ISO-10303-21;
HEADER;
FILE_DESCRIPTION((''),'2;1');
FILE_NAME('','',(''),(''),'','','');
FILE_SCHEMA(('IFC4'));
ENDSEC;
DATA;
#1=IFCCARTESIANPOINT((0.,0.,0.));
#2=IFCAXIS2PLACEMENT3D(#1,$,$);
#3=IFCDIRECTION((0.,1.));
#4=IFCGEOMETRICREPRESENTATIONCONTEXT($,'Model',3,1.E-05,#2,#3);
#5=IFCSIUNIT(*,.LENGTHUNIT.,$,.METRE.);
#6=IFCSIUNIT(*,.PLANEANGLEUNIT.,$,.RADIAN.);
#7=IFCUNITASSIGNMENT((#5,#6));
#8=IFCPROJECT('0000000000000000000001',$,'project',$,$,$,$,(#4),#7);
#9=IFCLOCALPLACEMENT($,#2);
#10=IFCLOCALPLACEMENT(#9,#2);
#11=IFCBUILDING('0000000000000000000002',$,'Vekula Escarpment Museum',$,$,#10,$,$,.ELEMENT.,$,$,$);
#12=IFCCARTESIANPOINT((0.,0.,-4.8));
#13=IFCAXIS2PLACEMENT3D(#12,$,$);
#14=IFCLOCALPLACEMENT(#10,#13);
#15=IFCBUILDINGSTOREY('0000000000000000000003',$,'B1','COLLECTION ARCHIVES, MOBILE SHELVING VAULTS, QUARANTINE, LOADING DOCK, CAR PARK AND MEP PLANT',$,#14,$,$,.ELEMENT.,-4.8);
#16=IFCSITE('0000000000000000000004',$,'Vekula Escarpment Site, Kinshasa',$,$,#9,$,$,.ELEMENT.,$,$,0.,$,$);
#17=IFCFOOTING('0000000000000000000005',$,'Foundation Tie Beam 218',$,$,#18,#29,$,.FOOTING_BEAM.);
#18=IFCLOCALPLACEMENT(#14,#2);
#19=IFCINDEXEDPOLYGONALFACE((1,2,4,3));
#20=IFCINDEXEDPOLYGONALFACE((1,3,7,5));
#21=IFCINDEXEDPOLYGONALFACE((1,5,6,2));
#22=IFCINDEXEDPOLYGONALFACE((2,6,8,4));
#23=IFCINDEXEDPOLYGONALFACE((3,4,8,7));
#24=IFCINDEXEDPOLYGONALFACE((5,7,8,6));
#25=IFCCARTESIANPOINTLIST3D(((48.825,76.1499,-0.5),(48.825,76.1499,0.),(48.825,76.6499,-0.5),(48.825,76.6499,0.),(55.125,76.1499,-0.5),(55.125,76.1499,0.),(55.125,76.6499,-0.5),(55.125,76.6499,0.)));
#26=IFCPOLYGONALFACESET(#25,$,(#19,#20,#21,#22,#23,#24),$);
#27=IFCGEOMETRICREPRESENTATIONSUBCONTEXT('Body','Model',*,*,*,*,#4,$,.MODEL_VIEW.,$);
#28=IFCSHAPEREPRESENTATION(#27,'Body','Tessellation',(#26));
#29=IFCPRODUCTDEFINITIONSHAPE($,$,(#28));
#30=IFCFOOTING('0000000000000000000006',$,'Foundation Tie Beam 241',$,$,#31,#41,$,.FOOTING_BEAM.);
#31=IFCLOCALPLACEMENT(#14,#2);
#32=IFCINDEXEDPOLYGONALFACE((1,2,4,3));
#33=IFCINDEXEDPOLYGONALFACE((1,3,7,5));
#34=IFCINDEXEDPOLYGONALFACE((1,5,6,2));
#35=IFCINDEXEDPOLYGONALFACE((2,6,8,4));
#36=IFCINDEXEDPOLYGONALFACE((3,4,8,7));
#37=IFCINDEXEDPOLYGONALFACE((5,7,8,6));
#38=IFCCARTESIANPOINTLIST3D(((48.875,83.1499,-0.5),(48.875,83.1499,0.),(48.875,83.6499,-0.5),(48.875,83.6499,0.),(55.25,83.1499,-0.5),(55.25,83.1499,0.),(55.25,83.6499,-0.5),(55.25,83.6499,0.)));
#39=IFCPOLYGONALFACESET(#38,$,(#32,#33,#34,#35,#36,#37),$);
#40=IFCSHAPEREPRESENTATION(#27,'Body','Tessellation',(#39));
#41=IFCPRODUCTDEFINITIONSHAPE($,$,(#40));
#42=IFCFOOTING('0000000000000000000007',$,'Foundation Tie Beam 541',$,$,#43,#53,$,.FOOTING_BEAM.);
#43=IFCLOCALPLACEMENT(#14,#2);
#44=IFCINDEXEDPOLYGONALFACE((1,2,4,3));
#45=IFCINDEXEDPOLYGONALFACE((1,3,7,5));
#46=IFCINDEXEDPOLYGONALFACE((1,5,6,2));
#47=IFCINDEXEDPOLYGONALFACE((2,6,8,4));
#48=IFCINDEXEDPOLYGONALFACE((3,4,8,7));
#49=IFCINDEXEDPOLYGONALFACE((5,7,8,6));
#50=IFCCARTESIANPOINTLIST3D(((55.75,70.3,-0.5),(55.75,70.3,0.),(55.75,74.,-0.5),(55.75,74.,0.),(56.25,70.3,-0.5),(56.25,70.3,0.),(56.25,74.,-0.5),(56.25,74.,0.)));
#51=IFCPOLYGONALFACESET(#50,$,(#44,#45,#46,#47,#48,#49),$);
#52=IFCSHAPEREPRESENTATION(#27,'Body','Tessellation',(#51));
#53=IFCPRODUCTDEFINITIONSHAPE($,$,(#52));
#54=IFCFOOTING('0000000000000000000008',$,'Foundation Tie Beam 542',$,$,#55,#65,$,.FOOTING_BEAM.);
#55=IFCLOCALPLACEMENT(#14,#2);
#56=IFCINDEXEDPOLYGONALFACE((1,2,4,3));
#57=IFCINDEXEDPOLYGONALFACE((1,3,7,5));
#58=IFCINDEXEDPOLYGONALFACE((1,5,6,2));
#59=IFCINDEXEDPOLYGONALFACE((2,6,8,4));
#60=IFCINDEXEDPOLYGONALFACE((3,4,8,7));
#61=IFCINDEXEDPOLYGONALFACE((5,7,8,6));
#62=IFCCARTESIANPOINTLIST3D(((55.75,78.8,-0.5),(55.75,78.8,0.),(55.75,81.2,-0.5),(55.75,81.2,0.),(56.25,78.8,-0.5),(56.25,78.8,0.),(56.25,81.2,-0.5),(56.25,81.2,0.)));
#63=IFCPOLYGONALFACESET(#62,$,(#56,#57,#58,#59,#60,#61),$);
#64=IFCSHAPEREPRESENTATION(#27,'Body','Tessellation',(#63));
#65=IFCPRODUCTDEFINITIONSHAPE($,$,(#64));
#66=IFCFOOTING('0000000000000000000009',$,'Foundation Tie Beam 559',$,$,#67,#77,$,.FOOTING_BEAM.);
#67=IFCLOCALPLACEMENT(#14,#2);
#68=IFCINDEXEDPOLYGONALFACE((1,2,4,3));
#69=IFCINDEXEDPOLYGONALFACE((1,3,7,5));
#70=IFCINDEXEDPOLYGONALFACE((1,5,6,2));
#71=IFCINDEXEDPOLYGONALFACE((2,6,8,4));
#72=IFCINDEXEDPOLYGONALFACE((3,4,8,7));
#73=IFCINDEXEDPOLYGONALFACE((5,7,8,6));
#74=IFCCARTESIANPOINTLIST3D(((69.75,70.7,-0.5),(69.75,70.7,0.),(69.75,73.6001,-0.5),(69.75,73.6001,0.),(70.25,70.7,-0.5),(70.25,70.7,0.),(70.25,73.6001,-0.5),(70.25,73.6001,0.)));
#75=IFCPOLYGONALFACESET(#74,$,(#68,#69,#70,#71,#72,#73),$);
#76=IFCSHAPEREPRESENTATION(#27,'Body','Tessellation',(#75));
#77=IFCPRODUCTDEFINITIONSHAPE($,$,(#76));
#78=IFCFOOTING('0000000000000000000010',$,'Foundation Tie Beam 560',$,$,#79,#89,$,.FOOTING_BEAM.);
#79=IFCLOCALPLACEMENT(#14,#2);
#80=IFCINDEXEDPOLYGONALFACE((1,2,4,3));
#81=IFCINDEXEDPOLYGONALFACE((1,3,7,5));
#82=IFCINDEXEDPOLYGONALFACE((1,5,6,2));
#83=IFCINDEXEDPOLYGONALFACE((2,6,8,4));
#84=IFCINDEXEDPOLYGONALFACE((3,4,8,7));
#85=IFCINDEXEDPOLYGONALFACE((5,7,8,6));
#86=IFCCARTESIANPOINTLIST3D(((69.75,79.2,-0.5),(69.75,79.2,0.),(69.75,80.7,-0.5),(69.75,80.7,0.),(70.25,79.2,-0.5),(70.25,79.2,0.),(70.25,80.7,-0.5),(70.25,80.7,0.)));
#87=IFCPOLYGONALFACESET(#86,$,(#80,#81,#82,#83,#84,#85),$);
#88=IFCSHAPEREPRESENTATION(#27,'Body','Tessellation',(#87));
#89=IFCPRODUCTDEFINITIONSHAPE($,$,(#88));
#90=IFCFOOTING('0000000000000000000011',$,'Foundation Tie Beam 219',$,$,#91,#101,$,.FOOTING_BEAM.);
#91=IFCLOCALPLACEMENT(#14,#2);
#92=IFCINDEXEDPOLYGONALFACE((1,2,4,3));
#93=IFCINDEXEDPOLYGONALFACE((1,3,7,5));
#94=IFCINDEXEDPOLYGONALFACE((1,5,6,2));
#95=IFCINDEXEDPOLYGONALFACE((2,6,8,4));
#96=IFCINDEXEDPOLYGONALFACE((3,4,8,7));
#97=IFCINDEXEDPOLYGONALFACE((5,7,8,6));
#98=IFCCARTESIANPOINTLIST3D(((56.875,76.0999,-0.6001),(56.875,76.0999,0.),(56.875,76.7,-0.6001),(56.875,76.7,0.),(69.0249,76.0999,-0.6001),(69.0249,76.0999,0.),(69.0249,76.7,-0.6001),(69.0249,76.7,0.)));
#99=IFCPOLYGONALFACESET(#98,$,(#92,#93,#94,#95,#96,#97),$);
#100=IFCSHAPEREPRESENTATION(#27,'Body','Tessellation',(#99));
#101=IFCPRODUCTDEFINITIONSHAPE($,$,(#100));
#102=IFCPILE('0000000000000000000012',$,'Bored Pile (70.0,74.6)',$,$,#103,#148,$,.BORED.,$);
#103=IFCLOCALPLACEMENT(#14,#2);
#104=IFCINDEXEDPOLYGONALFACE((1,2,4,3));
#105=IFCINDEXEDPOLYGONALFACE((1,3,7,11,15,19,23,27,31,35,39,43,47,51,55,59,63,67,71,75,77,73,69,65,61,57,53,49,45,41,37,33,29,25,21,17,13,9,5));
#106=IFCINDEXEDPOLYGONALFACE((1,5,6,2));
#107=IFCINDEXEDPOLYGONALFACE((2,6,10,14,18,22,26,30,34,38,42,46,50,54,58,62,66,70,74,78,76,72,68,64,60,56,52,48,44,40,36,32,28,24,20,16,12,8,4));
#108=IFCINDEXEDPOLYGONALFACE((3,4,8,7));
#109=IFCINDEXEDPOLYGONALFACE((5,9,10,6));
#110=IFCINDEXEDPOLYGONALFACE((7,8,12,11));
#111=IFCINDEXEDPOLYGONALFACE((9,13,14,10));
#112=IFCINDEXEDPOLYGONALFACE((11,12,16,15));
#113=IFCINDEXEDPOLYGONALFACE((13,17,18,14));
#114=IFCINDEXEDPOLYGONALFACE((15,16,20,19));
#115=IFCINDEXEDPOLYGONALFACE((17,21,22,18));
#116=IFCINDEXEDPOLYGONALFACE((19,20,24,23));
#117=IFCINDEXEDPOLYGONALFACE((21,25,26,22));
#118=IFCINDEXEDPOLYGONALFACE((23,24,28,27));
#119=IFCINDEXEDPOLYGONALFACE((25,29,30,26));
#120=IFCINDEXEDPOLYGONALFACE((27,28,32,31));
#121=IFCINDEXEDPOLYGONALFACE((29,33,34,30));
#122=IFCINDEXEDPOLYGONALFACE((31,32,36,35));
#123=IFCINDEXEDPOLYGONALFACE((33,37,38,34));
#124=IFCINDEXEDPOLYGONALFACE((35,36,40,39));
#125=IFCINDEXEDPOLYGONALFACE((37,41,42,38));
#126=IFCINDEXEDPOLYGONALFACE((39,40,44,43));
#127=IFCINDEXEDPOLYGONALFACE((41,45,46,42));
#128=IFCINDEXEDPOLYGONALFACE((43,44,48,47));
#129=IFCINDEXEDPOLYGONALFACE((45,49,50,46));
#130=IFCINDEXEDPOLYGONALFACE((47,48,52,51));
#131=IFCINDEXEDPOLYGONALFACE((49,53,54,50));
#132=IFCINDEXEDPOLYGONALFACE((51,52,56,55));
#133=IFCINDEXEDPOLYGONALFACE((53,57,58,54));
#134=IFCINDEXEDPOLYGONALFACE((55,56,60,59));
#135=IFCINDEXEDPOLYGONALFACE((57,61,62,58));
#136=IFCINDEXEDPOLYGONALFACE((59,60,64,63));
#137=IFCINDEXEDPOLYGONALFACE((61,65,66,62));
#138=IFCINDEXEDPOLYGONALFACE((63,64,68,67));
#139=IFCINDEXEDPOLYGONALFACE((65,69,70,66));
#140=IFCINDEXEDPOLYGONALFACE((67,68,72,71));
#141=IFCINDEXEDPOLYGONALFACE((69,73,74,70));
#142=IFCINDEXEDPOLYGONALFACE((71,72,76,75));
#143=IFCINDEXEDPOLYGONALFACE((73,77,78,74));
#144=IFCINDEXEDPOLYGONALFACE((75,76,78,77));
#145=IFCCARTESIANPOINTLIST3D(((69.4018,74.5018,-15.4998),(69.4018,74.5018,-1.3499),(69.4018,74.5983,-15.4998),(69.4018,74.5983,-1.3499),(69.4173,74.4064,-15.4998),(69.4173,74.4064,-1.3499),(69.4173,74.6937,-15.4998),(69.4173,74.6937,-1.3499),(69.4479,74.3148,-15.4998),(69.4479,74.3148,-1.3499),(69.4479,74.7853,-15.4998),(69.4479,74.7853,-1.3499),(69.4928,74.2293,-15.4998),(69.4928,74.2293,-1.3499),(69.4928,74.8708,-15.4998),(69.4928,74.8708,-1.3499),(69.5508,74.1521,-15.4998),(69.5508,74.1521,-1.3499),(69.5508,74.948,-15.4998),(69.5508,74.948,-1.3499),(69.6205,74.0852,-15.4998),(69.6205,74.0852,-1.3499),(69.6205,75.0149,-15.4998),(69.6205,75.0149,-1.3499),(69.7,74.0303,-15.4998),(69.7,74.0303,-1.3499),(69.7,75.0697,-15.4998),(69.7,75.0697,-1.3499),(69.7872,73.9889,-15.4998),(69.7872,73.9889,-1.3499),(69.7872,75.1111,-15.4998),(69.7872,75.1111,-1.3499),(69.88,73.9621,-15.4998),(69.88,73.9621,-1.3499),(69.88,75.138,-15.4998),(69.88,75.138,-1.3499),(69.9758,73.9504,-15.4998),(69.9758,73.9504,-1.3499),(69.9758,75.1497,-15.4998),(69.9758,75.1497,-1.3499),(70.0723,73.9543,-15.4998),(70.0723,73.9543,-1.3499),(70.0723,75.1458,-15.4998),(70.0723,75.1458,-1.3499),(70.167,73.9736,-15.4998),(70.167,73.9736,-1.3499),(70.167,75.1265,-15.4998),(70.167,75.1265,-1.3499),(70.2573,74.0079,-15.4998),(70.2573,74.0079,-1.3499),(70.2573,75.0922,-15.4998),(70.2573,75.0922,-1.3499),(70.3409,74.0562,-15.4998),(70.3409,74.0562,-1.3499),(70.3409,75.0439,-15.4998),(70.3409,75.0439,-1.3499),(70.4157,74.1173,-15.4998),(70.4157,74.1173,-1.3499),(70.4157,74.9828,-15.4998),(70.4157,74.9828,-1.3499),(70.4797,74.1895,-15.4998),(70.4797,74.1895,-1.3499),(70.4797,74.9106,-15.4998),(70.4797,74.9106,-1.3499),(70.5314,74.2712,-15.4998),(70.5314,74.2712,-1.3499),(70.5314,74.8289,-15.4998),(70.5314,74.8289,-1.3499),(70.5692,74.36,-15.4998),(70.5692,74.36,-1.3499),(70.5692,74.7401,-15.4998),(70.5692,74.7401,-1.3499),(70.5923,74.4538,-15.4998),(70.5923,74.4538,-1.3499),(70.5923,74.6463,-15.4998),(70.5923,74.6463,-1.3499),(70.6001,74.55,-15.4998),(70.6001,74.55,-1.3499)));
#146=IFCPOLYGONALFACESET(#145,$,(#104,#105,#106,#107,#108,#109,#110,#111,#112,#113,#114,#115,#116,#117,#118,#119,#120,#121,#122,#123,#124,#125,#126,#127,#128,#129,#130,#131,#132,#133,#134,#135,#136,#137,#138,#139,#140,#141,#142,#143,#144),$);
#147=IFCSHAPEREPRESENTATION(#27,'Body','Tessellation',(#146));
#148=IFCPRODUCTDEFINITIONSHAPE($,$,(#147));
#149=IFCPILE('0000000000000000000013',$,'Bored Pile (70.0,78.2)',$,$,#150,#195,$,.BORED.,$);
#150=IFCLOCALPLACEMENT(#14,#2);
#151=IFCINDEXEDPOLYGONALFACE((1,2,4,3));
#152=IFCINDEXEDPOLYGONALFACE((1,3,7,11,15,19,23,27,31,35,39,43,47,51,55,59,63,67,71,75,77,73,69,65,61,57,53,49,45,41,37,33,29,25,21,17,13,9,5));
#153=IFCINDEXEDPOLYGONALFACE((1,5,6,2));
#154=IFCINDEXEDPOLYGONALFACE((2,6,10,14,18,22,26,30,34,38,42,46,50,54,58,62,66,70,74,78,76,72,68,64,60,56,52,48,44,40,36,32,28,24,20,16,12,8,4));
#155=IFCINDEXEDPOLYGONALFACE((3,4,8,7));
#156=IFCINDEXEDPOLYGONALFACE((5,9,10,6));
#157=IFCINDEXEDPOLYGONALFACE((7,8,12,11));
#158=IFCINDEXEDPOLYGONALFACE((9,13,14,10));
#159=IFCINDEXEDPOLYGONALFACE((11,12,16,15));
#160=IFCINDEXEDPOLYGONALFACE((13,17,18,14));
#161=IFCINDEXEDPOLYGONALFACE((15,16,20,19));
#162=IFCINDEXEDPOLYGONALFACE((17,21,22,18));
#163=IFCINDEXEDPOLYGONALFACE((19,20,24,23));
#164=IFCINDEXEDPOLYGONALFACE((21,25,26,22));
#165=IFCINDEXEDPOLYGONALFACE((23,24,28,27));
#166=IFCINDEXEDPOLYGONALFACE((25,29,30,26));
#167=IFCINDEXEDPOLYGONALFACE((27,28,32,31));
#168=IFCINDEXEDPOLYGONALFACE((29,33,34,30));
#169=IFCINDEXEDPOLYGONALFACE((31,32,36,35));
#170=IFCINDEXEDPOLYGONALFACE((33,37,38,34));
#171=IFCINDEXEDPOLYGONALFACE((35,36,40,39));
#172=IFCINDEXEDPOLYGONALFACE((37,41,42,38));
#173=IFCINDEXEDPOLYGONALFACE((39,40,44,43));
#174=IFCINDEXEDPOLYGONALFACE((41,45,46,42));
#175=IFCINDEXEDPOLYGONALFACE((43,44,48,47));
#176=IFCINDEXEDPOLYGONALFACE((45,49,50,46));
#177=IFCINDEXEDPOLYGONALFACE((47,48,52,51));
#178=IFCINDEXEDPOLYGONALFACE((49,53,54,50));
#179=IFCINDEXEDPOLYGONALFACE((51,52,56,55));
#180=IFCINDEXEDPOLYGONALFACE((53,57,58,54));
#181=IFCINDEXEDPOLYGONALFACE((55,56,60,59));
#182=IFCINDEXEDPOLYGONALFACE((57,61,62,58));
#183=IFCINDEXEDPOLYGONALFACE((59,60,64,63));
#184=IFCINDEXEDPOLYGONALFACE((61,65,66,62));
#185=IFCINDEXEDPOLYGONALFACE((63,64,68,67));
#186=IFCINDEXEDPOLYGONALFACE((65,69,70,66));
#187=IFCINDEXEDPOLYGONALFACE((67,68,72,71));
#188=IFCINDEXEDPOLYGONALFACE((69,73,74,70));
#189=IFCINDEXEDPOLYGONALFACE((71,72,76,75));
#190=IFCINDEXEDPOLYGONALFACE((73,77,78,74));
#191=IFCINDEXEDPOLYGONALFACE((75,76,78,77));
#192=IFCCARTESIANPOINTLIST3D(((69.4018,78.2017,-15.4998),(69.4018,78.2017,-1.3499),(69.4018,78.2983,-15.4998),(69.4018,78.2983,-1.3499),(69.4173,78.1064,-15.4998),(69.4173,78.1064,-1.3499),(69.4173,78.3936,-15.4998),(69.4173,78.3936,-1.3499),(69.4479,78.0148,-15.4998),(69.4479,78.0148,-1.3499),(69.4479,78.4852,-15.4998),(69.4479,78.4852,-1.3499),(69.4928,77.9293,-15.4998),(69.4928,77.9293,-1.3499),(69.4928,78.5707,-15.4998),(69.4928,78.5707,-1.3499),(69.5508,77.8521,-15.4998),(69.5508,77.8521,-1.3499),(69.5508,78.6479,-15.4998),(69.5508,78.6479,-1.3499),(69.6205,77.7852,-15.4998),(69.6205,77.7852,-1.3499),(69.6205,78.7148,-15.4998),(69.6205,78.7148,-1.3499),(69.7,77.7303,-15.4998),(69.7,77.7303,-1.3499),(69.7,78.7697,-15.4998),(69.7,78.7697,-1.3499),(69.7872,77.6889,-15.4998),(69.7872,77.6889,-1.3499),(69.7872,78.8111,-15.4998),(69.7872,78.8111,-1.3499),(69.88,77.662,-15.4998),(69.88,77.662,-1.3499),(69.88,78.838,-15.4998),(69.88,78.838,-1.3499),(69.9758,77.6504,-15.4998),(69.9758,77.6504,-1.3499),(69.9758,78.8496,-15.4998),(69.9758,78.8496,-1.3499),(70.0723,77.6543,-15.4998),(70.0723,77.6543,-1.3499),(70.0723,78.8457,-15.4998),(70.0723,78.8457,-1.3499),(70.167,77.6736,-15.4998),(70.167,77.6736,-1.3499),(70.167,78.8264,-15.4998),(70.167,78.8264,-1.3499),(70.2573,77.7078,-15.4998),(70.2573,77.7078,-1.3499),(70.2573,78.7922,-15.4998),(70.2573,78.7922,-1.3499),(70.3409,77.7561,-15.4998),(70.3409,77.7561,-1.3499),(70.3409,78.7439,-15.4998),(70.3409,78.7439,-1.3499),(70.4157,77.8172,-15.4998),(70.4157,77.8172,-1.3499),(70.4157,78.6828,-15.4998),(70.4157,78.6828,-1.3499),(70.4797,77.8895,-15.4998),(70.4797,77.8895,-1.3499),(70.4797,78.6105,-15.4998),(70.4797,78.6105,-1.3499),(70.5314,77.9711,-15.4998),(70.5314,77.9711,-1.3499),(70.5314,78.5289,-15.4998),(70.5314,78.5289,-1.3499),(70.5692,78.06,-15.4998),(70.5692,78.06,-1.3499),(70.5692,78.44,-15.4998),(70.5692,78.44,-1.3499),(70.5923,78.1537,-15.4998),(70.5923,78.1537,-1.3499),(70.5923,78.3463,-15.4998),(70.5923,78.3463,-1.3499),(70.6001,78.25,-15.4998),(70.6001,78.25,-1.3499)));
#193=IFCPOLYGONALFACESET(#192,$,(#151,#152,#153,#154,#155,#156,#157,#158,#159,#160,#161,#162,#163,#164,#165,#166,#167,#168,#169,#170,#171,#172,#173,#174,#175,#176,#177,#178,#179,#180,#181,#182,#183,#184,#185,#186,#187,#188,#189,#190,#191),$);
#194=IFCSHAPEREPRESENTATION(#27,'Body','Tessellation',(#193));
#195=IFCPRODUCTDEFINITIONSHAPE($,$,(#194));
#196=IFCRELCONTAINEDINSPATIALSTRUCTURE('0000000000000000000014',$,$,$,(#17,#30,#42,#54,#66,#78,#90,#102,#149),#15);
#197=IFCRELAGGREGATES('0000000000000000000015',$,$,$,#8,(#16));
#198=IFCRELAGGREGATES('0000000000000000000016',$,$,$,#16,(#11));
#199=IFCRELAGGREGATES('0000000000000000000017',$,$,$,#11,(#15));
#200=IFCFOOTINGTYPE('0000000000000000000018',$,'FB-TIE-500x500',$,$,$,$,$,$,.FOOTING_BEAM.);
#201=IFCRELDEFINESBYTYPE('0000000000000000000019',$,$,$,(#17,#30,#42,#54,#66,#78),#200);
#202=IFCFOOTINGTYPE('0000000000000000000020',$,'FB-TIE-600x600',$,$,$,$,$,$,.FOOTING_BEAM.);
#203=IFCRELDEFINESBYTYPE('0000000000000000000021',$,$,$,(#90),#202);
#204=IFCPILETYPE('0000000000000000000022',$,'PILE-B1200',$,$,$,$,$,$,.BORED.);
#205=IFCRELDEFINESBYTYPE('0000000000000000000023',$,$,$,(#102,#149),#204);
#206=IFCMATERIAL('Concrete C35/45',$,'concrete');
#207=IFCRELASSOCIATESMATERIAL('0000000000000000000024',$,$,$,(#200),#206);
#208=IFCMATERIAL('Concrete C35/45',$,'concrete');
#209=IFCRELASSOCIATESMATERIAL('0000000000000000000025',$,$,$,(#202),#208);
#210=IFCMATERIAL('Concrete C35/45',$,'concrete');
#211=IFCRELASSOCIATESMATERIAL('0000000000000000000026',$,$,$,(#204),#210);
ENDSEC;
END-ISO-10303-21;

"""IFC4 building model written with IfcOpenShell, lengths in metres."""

from ifc_helpers import new_model, si_unit, direction, frame, origin, origin_2d, place, context, subcontext, project, spatial, rectangle, circle, extrude, material, material_profile, profile_set, type_object, element, save


model = new_model("IFC4")

# Units and contexts
model_context = context("Model", 3, precision=1e-05, world=origin(), true_north=direction((0.0, 1.0)))
body_context = subcontext(model_context, "Body", "Model", "MODEL_VIEW")
ifc_project = project(units=[si_unit("LENGTHUNIT", "METRE"), si_unit("PLANEANGLEUNIT", "RADIAN")], contexts=[model_context])

# Site, building, storey
site_placement = place(None, origin())
site = spatial("IfcSite", under=ifc_project, at=site_placement, Name="Vekula Escarpment Site, Kinshasa", CompositionType="ELEMENT", RefElevation=0.0)
building_placement = place(site_placement, origin())
building = spatial("IfcBuilding", under=site, at=building_placement, Name="Vekula Escarpment Museum", CompositionType="ELEMENT")
storey_placement = place(building_placement, frame((0.0, 0.0, -4.8)))
storey = spatial("IfcBuildingStorey", under=building, at=storey_placement, Name="B1", Description="COLLECTION ARCHIVES, MOBILE SHELVING VAULTS, QUARANTINE, LOADING DOCK, CAR PARK AND MEP PLANT", CompositionType="ELEMENT", Elevation=-4.8)

# Footings
ifc_material_1 = material(Name="Concrete C35/45", Category="concrete")
ifc_material_profile_1 = material_profile(ifc_material_1, rectangle(XDim=0.5, YDim=0.5, at=origin_2d()), Name="RC 500x500")
ifc_profile_set_1 = profile_set([ifc_material_profile_1], Name="Concrete C35/45")
footing_type_1 = type_object("IfcFootingType", Name="FB-TIE-500x500", PredefinedType="FOOTING_BEAM", material=ifc_profile_set_1)
footing_1_placement = place(storey_placement, frame((48.825, 76.3999, -0.25), z_axis=(1.0, 0.0, 0.0), x_axis=(0.0, 1.0, 0.0)))
element("IfcFooting", 1, at=footing_1_placement, inside=storey, type_object=footing_type_1, Name="Foundation Tie Beam 218", PredefinedType="FOOTING_BEAM", context=body_context, shape_type="SweptSolid", body=[
    extrude(rectangle(XDim=0.5, YDim=0.5, at=origin_2d()), origin(), (0.0, 0.0, 1.0), 6.3),
])
footing_2_placement = place(storey_placement, frame((48.875, 83.3999, -0.25), z_axis=(1.0, 0.0, 0.0), x_axis=(0.0, 1.0, 0.0)))
element("IfcFooting", 2, at=footing_2_placement, inside=storey, type_object=footing_type_1, Name="Foundation Tie Beam 241", PredefinedType="FOOTING_BEAM", context=body_context, shape_type="SweptSolid", body=[
    extrude(rectangle(XDim=0.5, YDim=0.5, at=origin_2d()), origin(), (0.0, 0.0, 1.0), 6.375),
])
footing_3_placement = place(storey_placement, frame((56.0, 70.3, -0.25), z_axis=(0.0, 1.0, 0.0), x_axis=(-1.0, 0.0, 0.0)))
element("IfcFooting", 3, at=footing_3_placement, inside=storey, type_object=footing_type_1, Name="Foundation Tie Beam 541", PredefinedType="FOOTING_BEAM", context=body_context, shape_type="SweptSolid", body=[
    extrude(rectangle(XDim=0.5, YDim=0.5, at=origin_2d()), origin(), (0.0, 0.0, 1.0), 3.7),
])
footing_4_placement = place(storey_placement, frame((56.0, 78.8, -0.25), z_axis=(0.0, 1.0, 0.0), x_axis=(-1.0, 0.0, 0.0)))
element("IfcFooting", 4, at=footing_4_placement, inside=storey, type_object=footing_type_1, Name="Foundation Tie Beam 542", PredefinedType="FOOTING_BEAM", context=body_context, shape_type="SweptSolid", body=[
    extrude(rectangle(XDim=0.5, YDim=0.5, at=origin_2d()), origin(), (0.0, 0.0, 1.0), 2.3999),
])
footing_5_placement = place(storey_placement, frame((70.0, 70.7, -0.25), z_axis=(0.0, 1.0, 0.0), x_axis=(-1.0, 0.0, 0.0)))
element("IfcFooting", 5, at=footing_5_placement, inside=storey, type_object=footing_type_1, Name="Foundation Tie Beam 559", PredefinedType="FOOTING_BEAM", context=body_context, shape_type="SweptSolid", body=[
    extrude(rectangle(XDim=0.5, YDim=0.5, at=origin_2d()), origin(), (0.0, 0.0, 1.0), 2.9001),
])
footing_6_placement = place(storey_placement, frame((70.0, 79.2, -0.25), z_axis=(0.0, 1.0, 0.0), x_axis=(-1.0, 0.0, 0.0)))
element("IfcFooting", 6, at=footing_6_placement, inside=storey, type_object=footing_type_1, Name="Foundation Tie Beam 560", PredefinedType="FOOTING_BEAM", context=body_context, shape_type="SweptSolid", body=[
    extrude(rectangle(XDim=0.5, YDim=0.5, at=origin_2d()), origin(), (0.0, 0.0, 1.0), 1.5),
])
ifc_material_2 = material(Name="Concrete C35/45", Category="concrete")
ifc_material_profile_2 = material_profile(ifc_material_2, rectangle(XDim=0.6001, YDim=0.6001, at=origin_2d()), Name="RC 600x600")
ifc_profile_set_2 = profile_set([ifc_material_profile_2], Name="Concrete C35/45")
footing_type_2 = type_object("IfcFootingType", Name="FB-TIE-600x600", PredefinedType="FOOTING_BEAM", material=ifc_profile_set_2)
footing_7_placement = place(storey_placement, frame((56.875, 76.3999, -0.3), z_axis=(1.0, 0.0, 0.0), x_axis=(0.0, 1.0, 0.0)))
element("IfcFooting", 7, at=footing_7_placement, inside=storey, type_object=footing_type_2, Name="Foundation Tie Beam 219", PredefinedType="FOOTING_BEAM", context=body_context, shape_type="SweptSolid", body=[
    extrude(rectangle(XDim=0.6001, YDim=0.6001, at=origin_2d()), origin(), (0.0, 0.0, 1.0), 12.1499),
])

# Piles
ifc_material_3 = material(Name="Concrete C35/45", Category="concrete")
ifc_material_profile_3 = material_profile(ifc_material_3, circle(Radius=0.6001, at=origin_2d()), Name="BORED PILE 1200")
ifc_profile_set_3 = profile_set([ifc_material_profile_3], Name="Concrete C35/45")
pile_type_1 = type_object("IfcPileType", Name="PILE-B1200", PredefinedType="BORED", material=ifc_profile_set_3)
for number, where, z_axis, x_axis, name in (
    (8, (70.0, 74.55, -1.3499), (0.0, 0.0, -1.0), (1.0, 0.0, 0.0), "Bored Pile (70.0,74.6)"),
    (9, (70.0, 78.25, -1.3499), (0.0, 0.0, -1.0), (1.0, 0.0, 0.0), "Bored Pile (70.0,78.2)"),
):
    element("IfcPile", number, at=place(storey_placement, frame(where, z_axis=z_axis, x_axis=x_axis)), inside=storey, type_object=pile_type_1, Name=name, PredefinedType="BORED", context=body_context, shape_type="SweptSolid", body=[
        extrude(circle(Radius=0.6001, at=origin_2d()), origin(), (0.0, 0.0, 1.0), 14.1499),
    ])

save(model, "model.ifc")
